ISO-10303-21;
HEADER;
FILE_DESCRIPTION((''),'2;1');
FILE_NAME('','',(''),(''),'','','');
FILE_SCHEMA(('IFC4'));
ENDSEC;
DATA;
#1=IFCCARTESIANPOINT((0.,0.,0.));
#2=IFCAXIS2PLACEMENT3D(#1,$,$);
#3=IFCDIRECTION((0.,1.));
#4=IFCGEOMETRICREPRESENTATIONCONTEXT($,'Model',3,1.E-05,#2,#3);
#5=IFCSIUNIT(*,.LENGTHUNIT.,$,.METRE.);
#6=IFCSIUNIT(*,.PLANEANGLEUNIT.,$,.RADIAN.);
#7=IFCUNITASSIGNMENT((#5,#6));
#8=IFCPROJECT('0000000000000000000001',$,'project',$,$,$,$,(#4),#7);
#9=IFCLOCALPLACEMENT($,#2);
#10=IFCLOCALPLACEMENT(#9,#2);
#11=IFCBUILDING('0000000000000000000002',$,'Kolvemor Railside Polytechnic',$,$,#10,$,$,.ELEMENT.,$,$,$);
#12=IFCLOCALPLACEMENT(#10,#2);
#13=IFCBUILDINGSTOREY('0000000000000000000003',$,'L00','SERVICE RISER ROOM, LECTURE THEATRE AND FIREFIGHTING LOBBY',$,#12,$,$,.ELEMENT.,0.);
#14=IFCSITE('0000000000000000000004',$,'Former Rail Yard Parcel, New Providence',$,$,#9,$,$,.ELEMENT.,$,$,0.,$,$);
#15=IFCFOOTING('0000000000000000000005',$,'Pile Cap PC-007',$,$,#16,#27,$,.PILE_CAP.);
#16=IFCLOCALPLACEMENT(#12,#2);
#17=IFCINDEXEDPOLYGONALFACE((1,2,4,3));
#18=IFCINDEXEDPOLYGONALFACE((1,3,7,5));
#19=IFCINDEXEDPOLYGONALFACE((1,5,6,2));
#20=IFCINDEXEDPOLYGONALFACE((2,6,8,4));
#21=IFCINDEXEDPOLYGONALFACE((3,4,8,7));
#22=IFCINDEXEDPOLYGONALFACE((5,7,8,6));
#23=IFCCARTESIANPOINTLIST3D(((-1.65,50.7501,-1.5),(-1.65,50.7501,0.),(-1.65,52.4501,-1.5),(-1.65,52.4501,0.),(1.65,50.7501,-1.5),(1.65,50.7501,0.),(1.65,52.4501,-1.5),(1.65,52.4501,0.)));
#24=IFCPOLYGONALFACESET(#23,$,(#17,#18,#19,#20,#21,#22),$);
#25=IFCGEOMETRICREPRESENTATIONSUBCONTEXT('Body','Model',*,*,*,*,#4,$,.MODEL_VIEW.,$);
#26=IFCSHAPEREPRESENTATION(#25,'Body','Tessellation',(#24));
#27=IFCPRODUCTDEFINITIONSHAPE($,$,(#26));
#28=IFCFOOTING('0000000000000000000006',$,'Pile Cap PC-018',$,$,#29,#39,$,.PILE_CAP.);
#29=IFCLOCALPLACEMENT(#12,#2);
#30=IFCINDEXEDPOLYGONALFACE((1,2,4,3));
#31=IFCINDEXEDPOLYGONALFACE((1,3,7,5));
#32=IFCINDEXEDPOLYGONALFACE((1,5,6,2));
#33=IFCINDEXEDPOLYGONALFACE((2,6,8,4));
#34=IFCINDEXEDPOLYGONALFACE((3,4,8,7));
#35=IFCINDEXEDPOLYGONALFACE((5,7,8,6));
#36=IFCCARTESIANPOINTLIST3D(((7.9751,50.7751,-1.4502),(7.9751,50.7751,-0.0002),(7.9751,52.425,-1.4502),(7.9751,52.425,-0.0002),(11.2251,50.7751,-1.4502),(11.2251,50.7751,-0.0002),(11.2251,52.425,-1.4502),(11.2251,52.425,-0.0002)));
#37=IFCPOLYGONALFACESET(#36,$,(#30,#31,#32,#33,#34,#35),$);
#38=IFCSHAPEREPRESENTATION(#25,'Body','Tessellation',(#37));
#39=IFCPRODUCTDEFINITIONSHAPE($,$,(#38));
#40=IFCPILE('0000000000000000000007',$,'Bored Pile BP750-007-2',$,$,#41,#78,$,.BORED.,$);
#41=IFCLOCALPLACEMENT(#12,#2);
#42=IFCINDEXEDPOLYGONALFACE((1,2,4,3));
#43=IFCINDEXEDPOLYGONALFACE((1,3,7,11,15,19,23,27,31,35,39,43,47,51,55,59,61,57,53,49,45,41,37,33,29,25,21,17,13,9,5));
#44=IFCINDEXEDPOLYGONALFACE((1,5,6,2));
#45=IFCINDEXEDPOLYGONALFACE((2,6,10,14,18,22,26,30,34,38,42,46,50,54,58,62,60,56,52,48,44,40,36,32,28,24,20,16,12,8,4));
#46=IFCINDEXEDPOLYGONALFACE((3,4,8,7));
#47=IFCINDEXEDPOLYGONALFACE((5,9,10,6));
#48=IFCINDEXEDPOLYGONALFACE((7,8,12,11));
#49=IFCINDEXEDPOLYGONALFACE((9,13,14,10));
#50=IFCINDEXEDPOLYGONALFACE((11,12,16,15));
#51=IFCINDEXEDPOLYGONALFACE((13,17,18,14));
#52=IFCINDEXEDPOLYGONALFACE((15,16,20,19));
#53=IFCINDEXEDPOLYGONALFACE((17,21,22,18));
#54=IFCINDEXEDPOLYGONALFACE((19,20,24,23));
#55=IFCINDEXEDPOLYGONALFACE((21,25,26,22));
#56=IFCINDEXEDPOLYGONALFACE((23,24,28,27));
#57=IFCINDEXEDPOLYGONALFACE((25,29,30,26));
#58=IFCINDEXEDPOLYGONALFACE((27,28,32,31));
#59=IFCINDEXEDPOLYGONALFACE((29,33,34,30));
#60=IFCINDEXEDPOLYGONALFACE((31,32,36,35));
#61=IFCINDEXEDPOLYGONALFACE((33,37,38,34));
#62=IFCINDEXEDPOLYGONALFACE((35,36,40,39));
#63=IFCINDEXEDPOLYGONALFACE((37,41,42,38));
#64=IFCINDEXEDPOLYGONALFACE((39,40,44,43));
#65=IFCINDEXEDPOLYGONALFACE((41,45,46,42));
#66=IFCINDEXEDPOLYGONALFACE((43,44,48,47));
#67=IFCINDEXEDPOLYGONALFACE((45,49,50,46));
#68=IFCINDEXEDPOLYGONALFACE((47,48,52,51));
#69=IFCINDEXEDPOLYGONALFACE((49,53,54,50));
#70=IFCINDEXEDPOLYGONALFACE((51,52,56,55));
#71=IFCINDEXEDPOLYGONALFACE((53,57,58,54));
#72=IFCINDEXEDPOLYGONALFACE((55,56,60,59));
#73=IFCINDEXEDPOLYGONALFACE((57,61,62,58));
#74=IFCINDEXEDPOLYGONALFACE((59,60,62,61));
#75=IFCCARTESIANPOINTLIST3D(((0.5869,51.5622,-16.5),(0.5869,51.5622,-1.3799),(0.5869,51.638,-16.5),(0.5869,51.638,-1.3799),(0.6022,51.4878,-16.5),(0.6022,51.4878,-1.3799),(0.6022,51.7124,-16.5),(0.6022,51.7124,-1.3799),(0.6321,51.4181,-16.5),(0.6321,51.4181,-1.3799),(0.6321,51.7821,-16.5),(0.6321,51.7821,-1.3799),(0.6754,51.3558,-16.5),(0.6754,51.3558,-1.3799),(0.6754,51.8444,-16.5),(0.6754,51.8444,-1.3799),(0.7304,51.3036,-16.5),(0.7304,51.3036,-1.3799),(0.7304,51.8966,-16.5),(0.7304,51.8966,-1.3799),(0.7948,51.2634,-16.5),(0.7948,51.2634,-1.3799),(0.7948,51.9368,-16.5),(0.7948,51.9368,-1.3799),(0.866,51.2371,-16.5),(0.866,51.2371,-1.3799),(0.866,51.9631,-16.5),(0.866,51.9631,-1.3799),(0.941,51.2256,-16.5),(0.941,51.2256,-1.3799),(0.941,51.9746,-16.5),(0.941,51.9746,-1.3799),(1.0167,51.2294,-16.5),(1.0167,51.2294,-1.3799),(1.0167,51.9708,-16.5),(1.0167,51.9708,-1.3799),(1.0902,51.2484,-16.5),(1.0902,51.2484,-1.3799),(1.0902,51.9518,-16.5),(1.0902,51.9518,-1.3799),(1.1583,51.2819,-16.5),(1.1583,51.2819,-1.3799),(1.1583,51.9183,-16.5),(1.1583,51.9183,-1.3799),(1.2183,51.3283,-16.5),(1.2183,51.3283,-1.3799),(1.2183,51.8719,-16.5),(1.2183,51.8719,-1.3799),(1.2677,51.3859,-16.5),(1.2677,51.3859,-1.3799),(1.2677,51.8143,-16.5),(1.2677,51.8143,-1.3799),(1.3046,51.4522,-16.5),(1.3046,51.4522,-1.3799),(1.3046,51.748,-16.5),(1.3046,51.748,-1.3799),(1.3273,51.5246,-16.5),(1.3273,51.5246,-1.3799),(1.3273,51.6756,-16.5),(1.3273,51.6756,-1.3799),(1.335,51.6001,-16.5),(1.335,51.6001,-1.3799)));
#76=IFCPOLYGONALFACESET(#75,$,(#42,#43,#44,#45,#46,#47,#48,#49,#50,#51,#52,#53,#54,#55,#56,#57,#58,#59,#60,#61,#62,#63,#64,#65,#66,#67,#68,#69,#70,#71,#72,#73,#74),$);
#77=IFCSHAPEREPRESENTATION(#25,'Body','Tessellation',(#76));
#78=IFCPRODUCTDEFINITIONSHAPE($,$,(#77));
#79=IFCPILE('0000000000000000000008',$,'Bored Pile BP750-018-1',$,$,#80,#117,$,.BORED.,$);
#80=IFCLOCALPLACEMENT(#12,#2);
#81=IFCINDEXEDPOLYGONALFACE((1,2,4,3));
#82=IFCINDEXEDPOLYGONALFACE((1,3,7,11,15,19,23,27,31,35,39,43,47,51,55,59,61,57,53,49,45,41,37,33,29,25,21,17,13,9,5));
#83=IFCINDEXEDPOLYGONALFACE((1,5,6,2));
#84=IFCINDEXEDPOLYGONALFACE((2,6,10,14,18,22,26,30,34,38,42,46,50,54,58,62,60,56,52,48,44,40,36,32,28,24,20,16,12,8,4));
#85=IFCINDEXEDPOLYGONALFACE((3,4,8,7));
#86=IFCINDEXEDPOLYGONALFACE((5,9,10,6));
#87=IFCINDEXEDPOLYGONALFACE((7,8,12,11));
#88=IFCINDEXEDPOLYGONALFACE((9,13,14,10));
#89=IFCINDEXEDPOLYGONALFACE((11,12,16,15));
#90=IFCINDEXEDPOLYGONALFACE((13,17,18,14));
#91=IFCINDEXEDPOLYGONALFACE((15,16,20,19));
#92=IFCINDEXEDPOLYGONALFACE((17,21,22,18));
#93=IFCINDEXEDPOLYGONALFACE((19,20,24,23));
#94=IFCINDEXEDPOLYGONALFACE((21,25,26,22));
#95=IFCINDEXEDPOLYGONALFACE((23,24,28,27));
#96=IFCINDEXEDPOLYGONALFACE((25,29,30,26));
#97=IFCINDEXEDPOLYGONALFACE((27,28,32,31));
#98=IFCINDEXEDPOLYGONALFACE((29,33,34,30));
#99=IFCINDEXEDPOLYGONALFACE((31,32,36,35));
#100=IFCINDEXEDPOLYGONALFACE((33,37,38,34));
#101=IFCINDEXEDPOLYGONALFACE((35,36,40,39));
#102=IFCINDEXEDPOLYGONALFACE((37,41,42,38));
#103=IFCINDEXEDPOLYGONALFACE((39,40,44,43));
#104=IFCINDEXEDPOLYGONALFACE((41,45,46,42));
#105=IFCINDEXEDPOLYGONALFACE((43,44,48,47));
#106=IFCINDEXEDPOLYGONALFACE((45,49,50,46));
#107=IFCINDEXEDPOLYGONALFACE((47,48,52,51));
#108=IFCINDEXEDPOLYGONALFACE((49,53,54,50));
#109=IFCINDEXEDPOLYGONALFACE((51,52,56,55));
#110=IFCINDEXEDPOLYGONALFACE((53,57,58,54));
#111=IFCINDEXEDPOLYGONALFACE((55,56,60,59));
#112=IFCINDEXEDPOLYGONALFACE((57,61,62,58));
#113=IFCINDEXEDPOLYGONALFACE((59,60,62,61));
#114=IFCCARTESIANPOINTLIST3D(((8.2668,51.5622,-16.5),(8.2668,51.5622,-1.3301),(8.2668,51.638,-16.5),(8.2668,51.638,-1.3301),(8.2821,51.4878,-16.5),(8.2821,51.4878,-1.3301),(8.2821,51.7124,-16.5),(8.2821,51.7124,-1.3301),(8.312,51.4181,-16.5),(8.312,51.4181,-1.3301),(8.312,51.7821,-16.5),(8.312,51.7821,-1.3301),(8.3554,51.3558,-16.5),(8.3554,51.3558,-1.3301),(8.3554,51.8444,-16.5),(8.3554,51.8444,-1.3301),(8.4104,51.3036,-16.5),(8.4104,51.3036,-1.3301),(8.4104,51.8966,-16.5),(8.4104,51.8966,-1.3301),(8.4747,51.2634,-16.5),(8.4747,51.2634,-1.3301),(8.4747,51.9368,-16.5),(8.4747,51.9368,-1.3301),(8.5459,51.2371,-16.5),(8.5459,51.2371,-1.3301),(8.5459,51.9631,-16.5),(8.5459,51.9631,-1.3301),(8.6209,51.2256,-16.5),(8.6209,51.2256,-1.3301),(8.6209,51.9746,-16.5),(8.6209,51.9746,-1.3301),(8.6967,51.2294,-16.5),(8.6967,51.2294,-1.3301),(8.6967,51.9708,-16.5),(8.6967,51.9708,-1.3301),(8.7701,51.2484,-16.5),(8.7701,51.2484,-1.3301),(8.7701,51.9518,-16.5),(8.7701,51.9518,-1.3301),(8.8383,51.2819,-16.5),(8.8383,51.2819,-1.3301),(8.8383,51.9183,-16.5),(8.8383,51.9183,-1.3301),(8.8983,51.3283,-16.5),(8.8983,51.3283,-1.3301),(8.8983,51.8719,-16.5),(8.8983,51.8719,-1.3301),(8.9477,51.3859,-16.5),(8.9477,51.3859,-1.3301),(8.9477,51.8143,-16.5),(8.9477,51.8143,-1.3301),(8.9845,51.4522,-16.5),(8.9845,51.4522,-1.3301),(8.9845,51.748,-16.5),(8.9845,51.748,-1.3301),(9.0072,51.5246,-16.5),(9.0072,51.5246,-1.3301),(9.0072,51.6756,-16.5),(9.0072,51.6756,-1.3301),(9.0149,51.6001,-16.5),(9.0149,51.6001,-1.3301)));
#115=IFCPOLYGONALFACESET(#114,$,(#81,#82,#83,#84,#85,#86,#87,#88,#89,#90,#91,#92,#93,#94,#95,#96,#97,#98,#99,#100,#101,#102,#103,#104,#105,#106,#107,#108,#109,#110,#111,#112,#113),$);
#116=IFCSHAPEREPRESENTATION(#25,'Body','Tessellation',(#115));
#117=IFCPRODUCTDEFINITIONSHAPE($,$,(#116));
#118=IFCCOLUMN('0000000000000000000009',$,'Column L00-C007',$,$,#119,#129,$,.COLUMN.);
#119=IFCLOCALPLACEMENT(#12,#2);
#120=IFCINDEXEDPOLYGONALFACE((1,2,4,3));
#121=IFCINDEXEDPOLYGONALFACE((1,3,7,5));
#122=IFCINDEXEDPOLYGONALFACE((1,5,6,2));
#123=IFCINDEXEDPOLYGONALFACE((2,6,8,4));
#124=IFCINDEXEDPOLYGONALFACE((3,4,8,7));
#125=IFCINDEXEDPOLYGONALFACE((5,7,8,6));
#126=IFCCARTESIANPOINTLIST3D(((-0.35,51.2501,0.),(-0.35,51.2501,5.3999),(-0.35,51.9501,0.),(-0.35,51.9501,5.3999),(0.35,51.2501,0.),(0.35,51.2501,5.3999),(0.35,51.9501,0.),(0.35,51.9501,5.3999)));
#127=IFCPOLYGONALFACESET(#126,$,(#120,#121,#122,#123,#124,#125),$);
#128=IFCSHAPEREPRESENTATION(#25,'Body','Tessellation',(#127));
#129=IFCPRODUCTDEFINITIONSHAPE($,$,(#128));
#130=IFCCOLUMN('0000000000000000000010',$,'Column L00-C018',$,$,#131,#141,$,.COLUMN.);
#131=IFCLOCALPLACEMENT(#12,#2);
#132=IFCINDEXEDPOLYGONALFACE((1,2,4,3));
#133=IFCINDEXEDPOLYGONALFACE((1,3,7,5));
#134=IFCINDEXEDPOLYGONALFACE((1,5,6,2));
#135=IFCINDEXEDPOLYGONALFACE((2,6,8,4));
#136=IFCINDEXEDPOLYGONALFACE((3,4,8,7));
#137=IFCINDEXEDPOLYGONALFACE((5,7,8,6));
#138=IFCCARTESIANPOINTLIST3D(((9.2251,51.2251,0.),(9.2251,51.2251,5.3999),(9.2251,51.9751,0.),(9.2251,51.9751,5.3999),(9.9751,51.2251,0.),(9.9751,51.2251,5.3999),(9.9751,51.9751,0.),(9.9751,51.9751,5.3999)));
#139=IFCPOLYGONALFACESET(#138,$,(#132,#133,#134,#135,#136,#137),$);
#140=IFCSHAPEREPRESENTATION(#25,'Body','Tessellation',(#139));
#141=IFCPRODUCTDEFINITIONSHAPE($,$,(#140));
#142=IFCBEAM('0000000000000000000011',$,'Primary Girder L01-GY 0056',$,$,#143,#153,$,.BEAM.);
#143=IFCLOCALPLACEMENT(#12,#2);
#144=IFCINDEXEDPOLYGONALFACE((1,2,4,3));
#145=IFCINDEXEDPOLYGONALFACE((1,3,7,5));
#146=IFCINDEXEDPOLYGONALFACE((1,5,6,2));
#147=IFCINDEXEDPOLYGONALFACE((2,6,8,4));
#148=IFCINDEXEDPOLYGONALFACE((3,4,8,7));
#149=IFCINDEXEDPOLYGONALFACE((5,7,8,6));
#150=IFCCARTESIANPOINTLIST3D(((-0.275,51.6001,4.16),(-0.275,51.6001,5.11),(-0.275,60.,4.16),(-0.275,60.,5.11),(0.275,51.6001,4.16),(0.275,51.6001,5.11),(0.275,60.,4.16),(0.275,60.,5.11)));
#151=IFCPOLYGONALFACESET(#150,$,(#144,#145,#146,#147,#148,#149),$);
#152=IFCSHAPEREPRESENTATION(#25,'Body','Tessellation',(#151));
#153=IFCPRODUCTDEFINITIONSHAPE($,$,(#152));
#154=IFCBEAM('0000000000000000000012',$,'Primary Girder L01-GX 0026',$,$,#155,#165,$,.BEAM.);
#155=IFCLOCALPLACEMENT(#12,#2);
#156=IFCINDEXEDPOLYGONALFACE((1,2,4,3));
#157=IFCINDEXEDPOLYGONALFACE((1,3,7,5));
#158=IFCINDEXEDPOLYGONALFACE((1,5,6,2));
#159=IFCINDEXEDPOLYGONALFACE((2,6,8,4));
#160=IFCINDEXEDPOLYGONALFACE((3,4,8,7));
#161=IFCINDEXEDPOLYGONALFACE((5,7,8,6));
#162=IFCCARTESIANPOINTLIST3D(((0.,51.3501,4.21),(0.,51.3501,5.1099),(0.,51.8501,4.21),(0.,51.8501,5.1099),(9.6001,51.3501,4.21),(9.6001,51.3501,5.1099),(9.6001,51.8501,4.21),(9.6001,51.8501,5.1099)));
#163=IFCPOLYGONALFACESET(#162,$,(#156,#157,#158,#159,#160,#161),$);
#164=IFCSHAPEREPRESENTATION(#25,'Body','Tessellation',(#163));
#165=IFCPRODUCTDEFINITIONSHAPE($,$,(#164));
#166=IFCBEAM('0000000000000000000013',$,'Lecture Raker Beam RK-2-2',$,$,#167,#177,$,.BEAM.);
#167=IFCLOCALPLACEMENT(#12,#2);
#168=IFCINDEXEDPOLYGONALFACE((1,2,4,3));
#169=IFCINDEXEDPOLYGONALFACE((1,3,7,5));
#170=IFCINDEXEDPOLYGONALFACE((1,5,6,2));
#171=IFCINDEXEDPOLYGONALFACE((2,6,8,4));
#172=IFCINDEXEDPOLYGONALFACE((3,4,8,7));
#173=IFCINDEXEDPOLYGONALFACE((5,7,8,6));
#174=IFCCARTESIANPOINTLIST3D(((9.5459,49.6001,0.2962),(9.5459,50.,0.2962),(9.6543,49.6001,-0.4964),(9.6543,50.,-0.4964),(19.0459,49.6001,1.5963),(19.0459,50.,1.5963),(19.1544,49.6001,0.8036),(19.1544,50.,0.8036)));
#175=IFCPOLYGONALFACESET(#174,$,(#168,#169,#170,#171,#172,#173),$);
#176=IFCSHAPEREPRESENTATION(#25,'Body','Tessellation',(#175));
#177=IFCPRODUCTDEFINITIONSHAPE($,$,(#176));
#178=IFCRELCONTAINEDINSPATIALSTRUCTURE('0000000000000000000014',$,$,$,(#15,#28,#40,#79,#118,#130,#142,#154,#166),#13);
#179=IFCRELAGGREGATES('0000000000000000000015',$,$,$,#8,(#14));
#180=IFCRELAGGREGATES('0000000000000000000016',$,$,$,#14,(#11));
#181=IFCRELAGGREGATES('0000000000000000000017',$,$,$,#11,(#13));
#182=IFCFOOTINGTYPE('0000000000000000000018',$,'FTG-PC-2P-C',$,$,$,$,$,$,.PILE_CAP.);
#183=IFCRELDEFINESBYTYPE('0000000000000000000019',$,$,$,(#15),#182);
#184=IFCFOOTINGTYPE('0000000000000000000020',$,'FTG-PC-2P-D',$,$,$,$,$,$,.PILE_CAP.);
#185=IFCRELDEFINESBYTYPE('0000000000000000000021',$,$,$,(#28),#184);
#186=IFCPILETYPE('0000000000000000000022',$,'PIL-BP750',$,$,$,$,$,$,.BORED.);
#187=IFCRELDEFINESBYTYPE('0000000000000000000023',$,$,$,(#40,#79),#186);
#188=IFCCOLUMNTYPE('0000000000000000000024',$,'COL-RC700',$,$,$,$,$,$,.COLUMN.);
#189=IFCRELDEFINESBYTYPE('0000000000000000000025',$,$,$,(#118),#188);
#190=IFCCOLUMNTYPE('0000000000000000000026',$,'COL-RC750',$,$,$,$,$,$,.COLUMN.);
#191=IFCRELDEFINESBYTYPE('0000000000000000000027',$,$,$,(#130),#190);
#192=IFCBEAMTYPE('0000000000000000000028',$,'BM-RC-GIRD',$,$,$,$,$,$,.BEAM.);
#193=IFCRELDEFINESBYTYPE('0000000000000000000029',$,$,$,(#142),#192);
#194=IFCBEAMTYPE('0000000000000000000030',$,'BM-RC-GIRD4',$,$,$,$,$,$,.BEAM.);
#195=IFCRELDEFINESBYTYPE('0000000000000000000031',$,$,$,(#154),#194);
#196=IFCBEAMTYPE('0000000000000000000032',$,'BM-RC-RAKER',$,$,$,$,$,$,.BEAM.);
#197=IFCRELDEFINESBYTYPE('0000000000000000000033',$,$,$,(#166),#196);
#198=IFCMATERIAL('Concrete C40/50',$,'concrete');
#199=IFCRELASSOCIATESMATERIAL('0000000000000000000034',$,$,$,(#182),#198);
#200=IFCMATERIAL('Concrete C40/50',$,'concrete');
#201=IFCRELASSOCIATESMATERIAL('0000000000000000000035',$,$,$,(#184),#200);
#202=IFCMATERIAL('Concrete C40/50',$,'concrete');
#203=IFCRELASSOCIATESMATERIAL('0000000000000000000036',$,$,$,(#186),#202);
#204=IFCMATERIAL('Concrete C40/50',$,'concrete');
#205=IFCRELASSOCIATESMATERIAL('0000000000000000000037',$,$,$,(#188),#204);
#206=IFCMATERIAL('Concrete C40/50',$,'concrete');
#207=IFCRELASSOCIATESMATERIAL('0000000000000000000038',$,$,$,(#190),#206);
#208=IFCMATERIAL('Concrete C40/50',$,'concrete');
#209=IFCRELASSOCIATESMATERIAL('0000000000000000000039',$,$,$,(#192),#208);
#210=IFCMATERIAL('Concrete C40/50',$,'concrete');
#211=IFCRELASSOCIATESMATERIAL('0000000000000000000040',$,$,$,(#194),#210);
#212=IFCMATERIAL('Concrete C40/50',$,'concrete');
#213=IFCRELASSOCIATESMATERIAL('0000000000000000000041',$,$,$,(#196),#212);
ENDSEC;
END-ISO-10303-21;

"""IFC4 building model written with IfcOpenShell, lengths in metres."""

from ifc_helpers import new_model, si_unit, direction, frame, origin, origin_2d, place, context, subcontext, project, spatial, rectangle, circle, extrude, material, material_profile, profile_set, type_object, element, save


model = new_model("IFC4")

# Units and contexts
model_context = context("Model", 3, precision=1e-05, world=origin(), true_north=direction((0.0, 1.0)))
body_context = subcontext(model_context, "Body", "Model", "MODEL_VIEW")
ifc_project = project(units=[si_unit("LENGTHUNIT", "METRE"), si_unit("PLANEANGLEUNIT", "RADIAN")], contexts=[model_context])

# Site, building, storey
site_placement = place(None, origin())
site = spatial("IfcSite", under=ifc_project, at=site_placement, Name="Former Rail Yard Parcel, New Providence", CompositionType="ELEMENT", RefElevation=0.0)
building_placement = place(site_placement, origin())
building = spatial("IfcBuilding", under=site, at=building_placement, Name="Kolvemor Railside Polytechnic", CompositionType="ELEMENT")
storey_placement = place(building_placement, origin())
storey = spatial("IfcBuildingStorey", under=building, at=storey_placement, Name="L00", Description="SERVICE RISER ROOM, LECTURE THEATRE AND FIREFIGHTING LOBBY", CompositionType="ELEMENT", Elevation=0.0)

# Footings
ifc_material_1 = material(Name="Concrete C40/50", Category="concrete")
footing_type_1 = type_object("IfcFootingType", Name="FTG-PC-2P-C", PredefinedType="PILE_CAP", material=ifc_material_1)
footing_1_placement = place(storey_placement, frame((0.0, 51.6001, -1.5), z_axis=(0.0, 0.0, 1.0), x_axis=(1.0, 0.0, 0.0)))
element("IfcFooting", 1, at=footing_1_placement, inside=storey, type_object=footing_type_1, Name="Pile Cap PC-007", PredefinedType="PILE_CAP", context=body_context, shape_type="SweptSolid", body=[
    extrude(rectangle(XDim=3.3, YDim=1.7, at=origin_2d()), origin(), (0.0, 0.0, 1.0), 1.5),
])
ifc_material_2 = material(Name="Concrete C40/50", Category="concrete")
footing_type_2 = type_object("IfcFootingType", Name="FTG-PC-2P-D", PredefinedType="PILE_CAP", material=ifc_material_2)
footing_2_placement = place(storey_placement, frame((9.6001, 51.6001, -1.4502), z_axis=(0.0, 0.0, 1.0), x_axis=(1.0, 0.0, 0.0)))
element("IfcFooting", 2, at=footing_2_placement, inside=storey, type_object=footing_type_2, Name="Pile Cap PC-018", PredefinedType="PILE_CAP", context=body_context, shape_type="SweptSolid", body=[
    extrude(rectangle(XDim=3.25, YDim=1.6499, at=origin_2d()), origin(), (0.0, 0.0, 1.0), 1.45),
])

# Piles
ifc_material_3 = material(Name="Concrete C40/50", Category="concrete")
ifc_material_profile_1 = material_profile(ifc_material_3, circle(Radius=0.375, at=origin_2d()), Name="BP750")
ifc_profile_set_1 = profile_set([ifc_material_profile_1], Name="Concrete C40/50")
pile_type = type_object("IfcPileType", Name="PIL-BP750", PredefinedType="BORED", material=ifc_profile_set_1)
pile_1_placement = place(storey_placement, frame((0.96, 51.6001, -1.3799), z_axis=(0.0, 0.0, -1.0), x_axis=(1.0, 0.0, 0.0)))
element("IfcPile", 3, at=pile_1_placement, inside=storey, type_object=pile_type, Name="Bored Pile BP750-007-2", PredefinedType="BORED", context=body_context, shape_type="SweptSolid", body=[
    extrude(circle(Radius=0.375, at=origin_2d()), origin(), (0.0, 0.0, 1.0), 15.1201),
])
pile_2_placement = place(storey_placement, frame((8.6399, 51.6001, -1.3301), z_axis=(0.0, 0.0, -1.0), x_axis=(1.0, 0.0, 0.0)))
element("IfcPile", 4, at=pile_2_placement, inside=storey, type_object=pile_type, Name="Bored Pile BP750-018-1", PredefinedType="BORED", context=body_context, shape_type="SweptSolid", body=[
    extrude(circle(Radius=0.375, at=origin_2d()), origin(), (0.0, 0.0, 1.0), 15.1699),
])

# Columns
ifc_material_4 = material(Name="Concrete C40/50", Category="concrete")
ifc_material_profile_2 = material_profile(ifc_material_4, rectangle(XDim=0.7, YDim=0.7, at=origin_2d()), Name="RC700x700")
ifc_profile_set_2 = profile_set([ifc_material_profile_2], Name="Concrete C40/50")
column_type_1 = type_object("IfcColumnType", Name="COL-RC700", PredefinedType="COLUMN", material=ifc_profile_set_2)
column_1_placement = place(storey_placement, frame((0.0, 51.6001, 0.0), z_axis=(0.0, 0.0, 1.0), x_axis=(1.0, 0.0, 0.0)))
element("IfcColumn", 5, at=column_1_placement, inside=storey, type_object=column_type_1, Name="Column L00-C007", PredefinedType="COLUMN", context=body_context, shape_type="SweptSolid", body=[
    extrude(rectangle(XDim=0.7, YDim=0.7, at=origin_2d()), origin(), (0.0, 0.0, 1.0), 5.3999),
])
ifc_material_5 = material(Name="Concrete C40/50", Category="concrete")
ifc_material_profile_3 = material_profile(ifc_material_5, rectangle(XDim=0.75, YDim=0.75, at=origin_2d()), Name="RC750x750")
ifc_profile_set_3 = profile_set([ifc_material_profile_3], Name="Concrete C40/50")
column_type_2 = type_object("IfcColumnType", Name="COL-RC750", PredefinedType="COLUMN", material=ifc_profile_set_3)
column_2_placement = place(storey_placement, frame((9.6001, 51.6001, 0.0), z_axis=(0.0, 0.0, 1.0), x_axis=(1.0, 0.0, 0.0)))
element("IfcColumn", 6, at=column_2_placement, inside=storey, type_object=column_type_2, Name="Column L00-C018", PredefinedType="COLUMN", context=body_context, shape_type="SweptSolid", body=[
    extrude(rectangle(XDim=0.75, YDim=0.75, at=origin_2d()), origin(), (0.0, 0.0, 1.0), 5.3999),
])

# Beams
ifc_material_6 = material(Name="Concrete C40/50", Category="concrete")
ifc_material_profile_4 = material_profile(ifc_material_6, rectangle(XDim=0.55, YDim=0.95, at=origin_2d()), Name="RC550x950")
ifc_profile_set_4 = profile_set([ifc_material_profile_4], Name="Concrete C40/50")
beam_type_1 = type_object("IfcBeamType", Name="BM-RC-GIRD", PredefinedType="BEAM", material=ifc_profile_set_4)
beam_1_placement = place(storey_placement, frame((0.0, 51.6001, 4.635), z_axis=(0.0, 1.0, 0.0), x_axis=(-1.0, 0.0, 0.0)))
element("IfcBeam", 7, at=beam_1_placement, inside=storey, type_object=beam_type_1, Name="Primary Girder L01-GY 0056", PredefinedType="BEAM", context=body_context, shape_type="SweptSolid", body=[
    extrude(rectangle(XDim=0.55, YDim=0.95, at=origin_2d()), origin(), (0.0, 0.0, 1.0), 8.3999),
])
ifc_material_7 = material(Name="Concrete C40/50", Category="concrete")
ifc_material_profile_5 = material_profile(ifc_material_7, rectangle(XDim=0.5, YDim=0.8999, at=origin_2d()), Name="RC500x900")
ifc_profile_set_5 = profile_set([ifc_material_profile_5], Name="Concrete C40/50")
beam_type_2 = type_object("IfcBeamType", Name="BM-RC-GIRD4", PredefinedType="BEAM", material=ifc_profile_set_5)
beam_2_placement = place(storey_placement, frame((0.0, 51.6001, 4.6599), z_axis=(1.0, 0.0, 0.0), x_axis=(0.0, 1.0, 0.0)))
element("IfcBeam", 8, at=beam_2_placement, inside=storey, type_object=beam_type_2, Name="Primary Girder L01-GX 0026", PredefinedType="BEAM", context=body_context, shape_type="SweptSolid", body=[
    extrude(rectangle(XDim=0.5, YDim=0.8999, at=origin_2d()), origin(), (0.0, 0.0, 1.0), 9.6001),
])
ifc_material_8 = material(Name="Concrete C40/50", Category="concrete")
ifc_material_profile_6 = material_profile(ifc_material_8, rectangle(XDim=0.3999, YDim=0.8, at=origin_2d()), Name="RC400x800")
ifc_profile_set_6 = profile_set([ifc_material_profile_6], Name="Concrete C40/50")
beam_type_3 = type_object("IfcBeamType", Name="BM-RC-RAKER", PredefinedType="BEAM", material=ifc_profile_set_6)
beam_3_placement = place(storey_placement, frame((9.6001, 49.8, -0.1001), z_axis=(0.990766, 0.0, 0.135584), x_axis=(0.0, 1.0, 0.0)))
element("IfcBeam", 9, at=beam_3_placement, inside=storey, type_object=beam_type_3, Name="Lecture Raker Beam RK-2-2", PredefinedType="BEAM", context=body_context, shape_type="SweptSolid", body=[
    extrude(rectangle(XDim=0.3999, YDim=0.8, at=origin_2d()), origin(), (0.0, 0.0, 1.0), 9.5886),
])

save(model, "model.ifc")
